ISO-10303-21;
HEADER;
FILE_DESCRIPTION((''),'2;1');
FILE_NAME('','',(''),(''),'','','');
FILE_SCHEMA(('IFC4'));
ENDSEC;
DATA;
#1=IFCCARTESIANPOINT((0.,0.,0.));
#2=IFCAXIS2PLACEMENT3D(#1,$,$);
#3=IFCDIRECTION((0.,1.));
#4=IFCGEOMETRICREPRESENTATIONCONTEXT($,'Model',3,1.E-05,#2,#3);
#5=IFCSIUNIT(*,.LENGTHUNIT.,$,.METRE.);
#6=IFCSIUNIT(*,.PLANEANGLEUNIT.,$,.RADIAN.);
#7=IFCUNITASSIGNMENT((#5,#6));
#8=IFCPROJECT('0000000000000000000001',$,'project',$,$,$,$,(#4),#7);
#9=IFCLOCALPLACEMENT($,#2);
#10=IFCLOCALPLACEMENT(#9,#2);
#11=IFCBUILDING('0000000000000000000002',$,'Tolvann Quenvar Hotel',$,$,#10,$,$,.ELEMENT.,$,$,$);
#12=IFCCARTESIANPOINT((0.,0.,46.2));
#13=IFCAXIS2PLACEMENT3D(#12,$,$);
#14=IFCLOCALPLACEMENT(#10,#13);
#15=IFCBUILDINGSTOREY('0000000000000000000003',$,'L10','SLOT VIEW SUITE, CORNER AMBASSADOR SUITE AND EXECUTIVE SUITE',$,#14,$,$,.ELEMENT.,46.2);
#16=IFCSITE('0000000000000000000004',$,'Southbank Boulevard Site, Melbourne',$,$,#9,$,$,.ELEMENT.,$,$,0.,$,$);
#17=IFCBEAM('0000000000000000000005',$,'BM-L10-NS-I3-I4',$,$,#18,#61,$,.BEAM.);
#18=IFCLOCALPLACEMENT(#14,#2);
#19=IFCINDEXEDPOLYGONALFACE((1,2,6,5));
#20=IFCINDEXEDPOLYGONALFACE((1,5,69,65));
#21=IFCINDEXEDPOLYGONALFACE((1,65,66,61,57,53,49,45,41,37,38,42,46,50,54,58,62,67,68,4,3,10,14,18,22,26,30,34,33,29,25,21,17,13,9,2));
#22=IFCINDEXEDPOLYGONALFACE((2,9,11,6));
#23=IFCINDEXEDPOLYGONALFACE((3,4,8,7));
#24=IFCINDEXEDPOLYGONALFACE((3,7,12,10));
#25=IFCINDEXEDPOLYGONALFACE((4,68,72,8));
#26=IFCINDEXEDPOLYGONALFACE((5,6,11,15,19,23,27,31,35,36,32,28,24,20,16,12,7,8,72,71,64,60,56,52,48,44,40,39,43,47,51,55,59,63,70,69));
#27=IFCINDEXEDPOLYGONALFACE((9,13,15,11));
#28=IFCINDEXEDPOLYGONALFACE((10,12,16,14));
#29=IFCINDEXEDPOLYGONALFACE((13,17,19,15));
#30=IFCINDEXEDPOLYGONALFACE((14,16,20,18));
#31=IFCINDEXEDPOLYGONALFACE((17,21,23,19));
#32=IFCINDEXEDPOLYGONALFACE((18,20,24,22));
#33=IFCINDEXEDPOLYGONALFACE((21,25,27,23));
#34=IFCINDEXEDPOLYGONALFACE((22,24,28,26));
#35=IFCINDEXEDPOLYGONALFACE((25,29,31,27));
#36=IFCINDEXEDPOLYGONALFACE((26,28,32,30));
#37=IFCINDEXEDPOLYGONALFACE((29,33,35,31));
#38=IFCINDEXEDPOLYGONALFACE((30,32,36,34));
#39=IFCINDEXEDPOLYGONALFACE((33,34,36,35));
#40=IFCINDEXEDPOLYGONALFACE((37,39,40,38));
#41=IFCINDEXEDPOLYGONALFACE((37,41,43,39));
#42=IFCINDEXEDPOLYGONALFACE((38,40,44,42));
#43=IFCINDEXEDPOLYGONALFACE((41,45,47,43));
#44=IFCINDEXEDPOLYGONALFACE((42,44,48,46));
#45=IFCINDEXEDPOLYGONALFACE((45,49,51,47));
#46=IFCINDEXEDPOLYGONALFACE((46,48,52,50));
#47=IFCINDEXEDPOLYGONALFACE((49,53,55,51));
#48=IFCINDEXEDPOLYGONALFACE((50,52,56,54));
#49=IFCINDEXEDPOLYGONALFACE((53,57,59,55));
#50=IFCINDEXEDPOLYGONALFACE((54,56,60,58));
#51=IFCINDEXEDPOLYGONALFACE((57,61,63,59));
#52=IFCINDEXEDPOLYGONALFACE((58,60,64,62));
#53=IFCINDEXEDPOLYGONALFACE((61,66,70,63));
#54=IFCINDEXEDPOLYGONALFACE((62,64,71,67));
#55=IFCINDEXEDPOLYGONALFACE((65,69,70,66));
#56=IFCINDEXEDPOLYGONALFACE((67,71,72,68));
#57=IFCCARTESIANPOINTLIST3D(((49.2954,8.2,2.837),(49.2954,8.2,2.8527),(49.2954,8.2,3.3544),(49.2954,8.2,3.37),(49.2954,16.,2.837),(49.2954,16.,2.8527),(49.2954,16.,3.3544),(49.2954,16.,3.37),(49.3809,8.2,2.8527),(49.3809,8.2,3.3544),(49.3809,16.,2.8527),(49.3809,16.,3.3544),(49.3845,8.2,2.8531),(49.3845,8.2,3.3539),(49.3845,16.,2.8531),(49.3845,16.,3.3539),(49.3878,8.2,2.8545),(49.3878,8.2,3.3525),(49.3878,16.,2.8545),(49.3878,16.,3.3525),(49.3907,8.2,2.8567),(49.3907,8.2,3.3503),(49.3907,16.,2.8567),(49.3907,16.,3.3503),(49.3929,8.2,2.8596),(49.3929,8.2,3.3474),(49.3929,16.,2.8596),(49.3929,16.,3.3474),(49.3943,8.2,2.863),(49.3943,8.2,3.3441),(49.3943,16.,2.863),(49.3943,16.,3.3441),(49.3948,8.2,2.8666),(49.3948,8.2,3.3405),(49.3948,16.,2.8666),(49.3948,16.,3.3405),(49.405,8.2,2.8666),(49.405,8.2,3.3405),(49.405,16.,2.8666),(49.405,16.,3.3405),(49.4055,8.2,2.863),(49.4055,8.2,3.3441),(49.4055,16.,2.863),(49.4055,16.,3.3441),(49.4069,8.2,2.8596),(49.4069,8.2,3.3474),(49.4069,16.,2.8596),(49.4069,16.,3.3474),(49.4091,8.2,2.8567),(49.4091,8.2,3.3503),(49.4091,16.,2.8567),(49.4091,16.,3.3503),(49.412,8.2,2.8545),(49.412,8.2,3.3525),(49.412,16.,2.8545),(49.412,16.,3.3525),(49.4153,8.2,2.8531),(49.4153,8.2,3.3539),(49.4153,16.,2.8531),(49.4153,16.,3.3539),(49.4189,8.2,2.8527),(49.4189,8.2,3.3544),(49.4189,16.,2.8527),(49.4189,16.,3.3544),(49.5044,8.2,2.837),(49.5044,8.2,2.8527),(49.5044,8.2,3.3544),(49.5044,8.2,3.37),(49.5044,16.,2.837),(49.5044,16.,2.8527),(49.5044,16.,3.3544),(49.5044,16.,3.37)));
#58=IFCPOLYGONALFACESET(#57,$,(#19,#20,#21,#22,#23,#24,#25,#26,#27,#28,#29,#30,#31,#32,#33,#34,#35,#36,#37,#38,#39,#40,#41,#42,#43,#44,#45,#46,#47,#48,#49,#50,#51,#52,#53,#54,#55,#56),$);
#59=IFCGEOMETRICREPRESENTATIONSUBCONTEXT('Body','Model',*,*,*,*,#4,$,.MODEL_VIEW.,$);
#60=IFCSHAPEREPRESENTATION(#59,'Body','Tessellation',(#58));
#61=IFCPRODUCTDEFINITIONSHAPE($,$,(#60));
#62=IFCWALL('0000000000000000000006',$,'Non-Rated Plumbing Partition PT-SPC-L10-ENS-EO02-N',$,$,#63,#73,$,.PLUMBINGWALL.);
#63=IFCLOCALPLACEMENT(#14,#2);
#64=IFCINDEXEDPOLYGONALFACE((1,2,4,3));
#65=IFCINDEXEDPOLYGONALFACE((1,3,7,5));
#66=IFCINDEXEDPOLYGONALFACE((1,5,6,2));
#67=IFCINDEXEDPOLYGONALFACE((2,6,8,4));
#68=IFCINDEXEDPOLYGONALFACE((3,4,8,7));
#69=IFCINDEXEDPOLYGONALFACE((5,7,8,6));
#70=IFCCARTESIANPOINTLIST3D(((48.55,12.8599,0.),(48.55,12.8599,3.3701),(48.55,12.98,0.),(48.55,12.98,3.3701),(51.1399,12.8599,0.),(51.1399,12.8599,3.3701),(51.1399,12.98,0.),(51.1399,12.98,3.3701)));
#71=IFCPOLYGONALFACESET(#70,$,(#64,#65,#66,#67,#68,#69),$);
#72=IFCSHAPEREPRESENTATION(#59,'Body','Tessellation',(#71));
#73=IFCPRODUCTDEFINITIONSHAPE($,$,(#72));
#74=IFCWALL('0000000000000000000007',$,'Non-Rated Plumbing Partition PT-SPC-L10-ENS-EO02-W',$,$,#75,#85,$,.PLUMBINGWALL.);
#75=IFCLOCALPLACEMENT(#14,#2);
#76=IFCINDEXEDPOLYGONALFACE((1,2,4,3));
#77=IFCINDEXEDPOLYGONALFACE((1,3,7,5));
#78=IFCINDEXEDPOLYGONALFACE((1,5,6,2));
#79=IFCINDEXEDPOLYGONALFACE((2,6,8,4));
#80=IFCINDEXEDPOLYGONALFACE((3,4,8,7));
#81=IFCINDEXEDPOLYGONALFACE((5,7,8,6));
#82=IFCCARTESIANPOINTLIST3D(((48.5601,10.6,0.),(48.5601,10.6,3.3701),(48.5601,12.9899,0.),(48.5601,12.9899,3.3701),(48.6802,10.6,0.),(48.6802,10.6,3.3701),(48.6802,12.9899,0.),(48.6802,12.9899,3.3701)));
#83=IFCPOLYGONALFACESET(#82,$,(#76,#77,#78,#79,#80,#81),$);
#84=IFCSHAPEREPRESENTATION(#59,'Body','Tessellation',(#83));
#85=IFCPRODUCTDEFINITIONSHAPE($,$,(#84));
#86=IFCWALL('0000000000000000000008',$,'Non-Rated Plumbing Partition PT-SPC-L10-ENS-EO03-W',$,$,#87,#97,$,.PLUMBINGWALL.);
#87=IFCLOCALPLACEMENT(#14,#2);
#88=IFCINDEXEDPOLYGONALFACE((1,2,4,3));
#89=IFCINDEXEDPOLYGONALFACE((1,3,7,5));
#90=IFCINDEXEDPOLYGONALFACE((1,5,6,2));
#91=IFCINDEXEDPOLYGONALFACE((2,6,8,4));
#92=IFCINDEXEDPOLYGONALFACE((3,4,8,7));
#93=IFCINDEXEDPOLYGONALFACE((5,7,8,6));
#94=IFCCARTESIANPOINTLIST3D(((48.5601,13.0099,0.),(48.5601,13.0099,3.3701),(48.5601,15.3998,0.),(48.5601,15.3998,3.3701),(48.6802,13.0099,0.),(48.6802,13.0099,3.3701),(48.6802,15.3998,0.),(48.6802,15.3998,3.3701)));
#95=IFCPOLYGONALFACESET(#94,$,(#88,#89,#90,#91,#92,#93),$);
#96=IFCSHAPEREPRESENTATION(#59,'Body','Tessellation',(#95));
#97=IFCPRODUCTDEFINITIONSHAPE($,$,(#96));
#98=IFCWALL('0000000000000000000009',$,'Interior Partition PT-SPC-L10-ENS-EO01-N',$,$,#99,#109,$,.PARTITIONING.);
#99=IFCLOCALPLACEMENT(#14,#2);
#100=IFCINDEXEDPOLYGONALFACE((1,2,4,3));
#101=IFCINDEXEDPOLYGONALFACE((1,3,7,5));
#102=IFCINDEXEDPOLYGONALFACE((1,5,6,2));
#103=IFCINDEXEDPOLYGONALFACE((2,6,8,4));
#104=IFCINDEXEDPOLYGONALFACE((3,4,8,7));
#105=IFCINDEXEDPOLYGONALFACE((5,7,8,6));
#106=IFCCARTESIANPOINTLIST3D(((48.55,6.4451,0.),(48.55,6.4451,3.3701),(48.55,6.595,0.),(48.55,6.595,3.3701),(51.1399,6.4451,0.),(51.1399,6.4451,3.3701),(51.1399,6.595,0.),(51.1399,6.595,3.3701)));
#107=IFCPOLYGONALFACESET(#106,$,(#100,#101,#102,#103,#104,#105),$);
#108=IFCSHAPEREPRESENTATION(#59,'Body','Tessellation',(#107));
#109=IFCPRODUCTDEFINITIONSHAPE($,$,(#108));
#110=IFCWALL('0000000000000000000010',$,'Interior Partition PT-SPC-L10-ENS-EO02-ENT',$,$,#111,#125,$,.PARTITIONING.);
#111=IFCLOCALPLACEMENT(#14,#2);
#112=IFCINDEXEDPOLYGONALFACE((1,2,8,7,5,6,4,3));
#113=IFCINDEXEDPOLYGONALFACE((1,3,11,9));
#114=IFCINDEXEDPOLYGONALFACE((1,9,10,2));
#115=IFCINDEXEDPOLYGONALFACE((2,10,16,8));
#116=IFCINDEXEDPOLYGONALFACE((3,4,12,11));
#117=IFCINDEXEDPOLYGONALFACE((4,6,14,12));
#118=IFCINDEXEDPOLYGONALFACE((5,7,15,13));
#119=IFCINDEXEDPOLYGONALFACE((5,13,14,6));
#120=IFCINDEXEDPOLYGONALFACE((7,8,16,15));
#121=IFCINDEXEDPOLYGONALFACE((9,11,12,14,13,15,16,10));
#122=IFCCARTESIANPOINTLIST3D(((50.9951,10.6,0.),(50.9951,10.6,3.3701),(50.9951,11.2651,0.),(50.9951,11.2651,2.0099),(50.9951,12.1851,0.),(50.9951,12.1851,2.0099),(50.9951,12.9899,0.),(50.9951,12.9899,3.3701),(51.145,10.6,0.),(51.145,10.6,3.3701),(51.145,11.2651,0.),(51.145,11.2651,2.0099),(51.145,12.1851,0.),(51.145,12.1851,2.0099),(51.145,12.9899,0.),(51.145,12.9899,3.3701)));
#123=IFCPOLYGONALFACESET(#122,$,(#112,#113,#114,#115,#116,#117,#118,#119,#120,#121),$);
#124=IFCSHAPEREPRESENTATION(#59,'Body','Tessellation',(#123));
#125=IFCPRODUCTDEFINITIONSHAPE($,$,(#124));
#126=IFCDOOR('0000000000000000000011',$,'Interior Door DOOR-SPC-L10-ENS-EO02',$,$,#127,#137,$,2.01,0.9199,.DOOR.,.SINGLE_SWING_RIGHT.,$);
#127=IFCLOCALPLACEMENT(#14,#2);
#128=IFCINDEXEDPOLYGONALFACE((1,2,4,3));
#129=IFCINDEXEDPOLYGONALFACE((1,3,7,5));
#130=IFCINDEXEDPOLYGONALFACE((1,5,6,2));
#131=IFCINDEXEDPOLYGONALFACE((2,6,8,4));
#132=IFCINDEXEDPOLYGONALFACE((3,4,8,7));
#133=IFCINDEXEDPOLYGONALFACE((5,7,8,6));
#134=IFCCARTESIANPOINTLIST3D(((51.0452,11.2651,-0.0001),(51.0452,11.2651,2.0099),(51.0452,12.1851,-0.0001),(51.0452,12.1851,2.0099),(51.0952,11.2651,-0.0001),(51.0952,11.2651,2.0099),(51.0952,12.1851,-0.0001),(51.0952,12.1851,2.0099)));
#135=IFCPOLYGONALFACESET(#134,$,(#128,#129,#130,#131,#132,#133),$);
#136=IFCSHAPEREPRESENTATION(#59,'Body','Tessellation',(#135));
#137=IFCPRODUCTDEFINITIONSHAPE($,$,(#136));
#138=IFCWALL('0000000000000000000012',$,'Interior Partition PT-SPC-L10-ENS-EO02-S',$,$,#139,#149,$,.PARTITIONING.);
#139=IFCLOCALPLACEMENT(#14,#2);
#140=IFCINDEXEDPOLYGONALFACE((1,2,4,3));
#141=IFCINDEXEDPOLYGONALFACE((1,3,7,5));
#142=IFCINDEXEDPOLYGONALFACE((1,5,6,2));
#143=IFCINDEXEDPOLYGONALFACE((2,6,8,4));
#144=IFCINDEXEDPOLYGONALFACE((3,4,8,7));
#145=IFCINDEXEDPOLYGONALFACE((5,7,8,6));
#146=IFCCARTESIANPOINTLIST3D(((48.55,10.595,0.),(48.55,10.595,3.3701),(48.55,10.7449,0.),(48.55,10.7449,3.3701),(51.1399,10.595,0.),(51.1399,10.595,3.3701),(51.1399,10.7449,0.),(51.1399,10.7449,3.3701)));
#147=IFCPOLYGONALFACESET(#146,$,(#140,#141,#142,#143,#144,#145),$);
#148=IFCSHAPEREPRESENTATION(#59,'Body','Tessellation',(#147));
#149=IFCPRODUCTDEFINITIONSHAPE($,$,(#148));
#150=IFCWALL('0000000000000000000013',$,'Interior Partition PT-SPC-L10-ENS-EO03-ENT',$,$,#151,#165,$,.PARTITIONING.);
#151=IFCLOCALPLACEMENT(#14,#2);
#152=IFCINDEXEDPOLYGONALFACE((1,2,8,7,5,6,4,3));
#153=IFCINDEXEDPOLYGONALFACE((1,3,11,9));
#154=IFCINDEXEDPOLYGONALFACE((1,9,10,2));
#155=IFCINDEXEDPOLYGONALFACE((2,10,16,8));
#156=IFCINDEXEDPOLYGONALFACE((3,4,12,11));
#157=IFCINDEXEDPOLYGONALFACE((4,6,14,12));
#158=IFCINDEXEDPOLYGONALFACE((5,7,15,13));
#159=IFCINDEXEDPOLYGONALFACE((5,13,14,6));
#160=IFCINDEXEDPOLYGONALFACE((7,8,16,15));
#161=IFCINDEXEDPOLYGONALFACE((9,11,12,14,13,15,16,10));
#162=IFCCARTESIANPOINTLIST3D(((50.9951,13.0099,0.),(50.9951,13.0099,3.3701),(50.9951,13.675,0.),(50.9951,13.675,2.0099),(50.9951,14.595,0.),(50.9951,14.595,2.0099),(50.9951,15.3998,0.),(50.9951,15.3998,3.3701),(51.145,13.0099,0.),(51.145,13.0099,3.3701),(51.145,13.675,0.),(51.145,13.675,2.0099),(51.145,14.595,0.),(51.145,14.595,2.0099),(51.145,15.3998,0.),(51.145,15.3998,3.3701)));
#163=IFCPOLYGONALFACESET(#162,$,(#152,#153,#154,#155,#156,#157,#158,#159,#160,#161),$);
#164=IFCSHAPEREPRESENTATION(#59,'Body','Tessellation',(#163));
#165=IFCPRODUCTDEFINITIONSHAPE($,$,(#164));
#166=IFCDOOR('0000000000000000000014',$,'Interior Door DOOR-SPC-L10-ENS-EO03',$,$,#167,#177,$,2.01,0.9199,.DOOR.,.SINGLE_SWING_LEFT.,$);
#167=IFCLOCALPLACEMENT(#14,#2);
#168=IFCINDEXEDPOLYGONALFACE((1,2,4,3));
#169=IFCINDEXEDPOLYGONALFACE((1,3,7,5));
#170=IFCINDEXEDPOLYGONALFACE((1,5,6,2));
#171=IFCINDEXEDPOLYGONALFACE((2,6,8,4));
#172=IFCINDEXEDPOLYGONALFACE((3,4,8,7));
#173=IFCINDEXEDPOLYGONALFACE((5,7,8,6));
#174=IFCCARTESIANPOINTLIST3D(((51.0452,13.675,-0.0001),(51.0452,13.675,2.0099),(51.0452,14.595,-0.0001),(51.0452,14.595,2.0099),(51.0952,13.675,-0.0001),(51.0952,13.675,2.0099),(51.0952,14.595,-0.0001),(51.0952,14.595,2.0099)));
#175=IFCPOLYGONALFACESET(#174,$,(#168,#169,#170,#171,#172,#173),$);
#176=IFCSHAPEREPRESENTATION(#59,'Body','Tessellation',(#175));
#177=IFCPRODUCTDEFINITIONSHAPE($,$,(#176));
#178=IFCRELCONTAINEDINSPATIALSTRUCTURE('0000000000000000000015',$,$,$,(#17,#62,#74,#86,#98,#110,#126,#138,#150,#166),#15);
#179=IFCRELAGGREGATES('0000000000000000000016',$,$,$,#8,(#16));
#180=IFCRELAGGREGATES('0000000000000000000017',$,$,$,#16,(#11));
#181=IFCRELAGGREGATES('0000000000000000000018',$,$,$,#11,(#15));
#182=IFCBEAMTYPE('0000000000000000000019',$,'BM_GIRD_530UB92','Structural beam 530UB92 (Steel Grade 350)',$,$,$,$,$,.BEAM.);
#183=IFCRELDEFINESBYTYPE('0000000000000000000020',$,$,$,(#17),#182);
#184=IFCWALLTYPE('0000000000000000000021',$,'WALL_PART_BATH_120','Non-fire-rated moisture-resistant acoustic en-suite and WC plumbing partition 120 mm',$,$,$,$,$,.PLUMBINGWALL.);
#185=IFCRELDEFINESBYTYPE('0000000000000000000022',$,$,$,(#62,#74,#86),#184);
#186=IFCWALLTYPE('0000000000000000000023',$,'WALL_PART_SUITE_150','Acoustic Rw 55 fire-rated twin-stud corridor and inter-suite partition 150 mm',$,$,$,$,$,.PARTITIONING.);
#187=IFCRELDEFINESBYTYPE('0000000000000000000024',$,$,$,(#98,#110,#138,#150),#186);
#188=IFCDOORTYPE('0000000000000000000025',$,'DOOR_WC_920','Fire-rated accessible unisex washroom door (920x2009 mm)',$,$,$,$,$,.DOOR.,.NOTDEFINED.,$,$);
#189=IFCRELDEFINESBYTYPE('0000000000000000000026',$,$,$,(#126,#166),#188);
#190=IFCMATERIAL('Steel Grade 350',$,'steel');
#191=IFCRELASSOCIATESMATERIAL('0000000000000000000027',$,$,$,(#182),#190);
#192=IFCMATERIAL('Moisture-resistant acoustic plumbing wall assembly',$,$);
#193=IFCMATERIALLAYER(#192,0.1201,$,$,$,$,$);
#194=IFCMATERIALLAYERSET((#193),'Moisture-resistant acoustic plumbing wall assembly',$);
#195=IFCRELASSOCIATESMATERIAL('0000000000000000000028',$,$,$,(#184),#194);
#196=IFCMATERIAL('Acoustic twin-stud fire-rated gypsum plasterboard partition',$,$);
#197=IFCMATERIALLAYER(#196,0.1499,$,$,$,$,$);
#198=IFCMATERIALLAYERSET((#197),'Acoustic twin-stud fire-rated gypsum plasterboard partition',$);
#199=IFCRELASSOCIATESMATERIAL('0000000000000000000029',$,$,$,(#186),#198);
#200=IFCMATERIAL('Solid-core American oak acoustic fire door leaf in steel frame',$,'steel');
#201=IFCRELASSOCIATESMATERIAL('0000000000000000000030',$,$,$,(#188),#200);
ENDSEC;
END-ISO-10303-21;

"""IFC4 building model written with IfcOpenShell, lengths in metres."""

from ifc_helpers import new_model, si_unit, direction, frame, frame_2d, origin, origin_2d, place, context, subcontext, project, spatial, rectangle, i_section, extrude, source, transform, mapped, material, layer, layer_set, material_profile, profile_set, type_object, type_shapes, element, fill, save


model = new_model("IFC4")

# Units and contexts
model_context = context("Model", 3, precision=1e-05, world=origin(), true_north=direction((0.0, 1.0)))
body_context = subcontext(model_context, "Body", "Model", "MODEL_VIEW")
ifc_project = project(units=[si_unit("LENGTHUNIT", "METRE"), si_unit("PLANEANGLEUNIT", "RADIAN")], contexts=[model_context])

# Site, building, storey
site_placement = place(None, origin())
site = spatial("IfcSite", under=ifc_project, at=site_placement, Name="Southbank Boulevard Site, Melbourne", CompositionType="ELEMENT", RefElevation=0.0)
building_placement = place(site_placement, origin())
building = spatial("IfcBuilding", under=site, at=building_placement, Name="Tolvann Quenvar Hotel", CompositionType="ELEMENT")
storey_placement = place(building_placement, frame((0.0, 0.0, 46.2)))
storey = spatial("IfcBuildingStorey", under=building, at=storey_placement, Name="L10", Description="SLOT VIEW SUITE, CORNER AMBASSADOR SUITE AND EXECUTIVE SUITE", CompositionType="ELEMENT", Elevation=46.2)

# Shared definitions
ifc_material_1 = material(Name="Steel Grade 350", Category="steel")

# Beam
ifc_material_profile_1 = material_profile(ifc_material_1, i_section(OverallWidth=0.209, OverallDepth=0.533, WebThickness=0.0103, FlangeThickness=0.0156, FilletRadius=0.0139, at=origin_2d()), Name="530UB92")
ifc_profile_set_1 = profile_set([ifc_material_profile_1], Name="Steel Grade 350")
beam_type_1 = type_object("IfcBeamType", Name="BM_GIRD_530UB92", Description="Structural beam 530UB92 (Steel Grade 350)", PredefinedType="BEAM", material=ifc_profile_set_1)
shared_shape_1 = source(origin(), body_context, "Body", "SweptSolid", [
    extrude(i_section(OverallWidth=0.209, OverallDepth=0.533, WebThickness=0.0103, FlangeThickness=0.0156, FilletRadius=0.0139, at=origin_2d()), origin(), (0.0, 0.0, 1.0), 7.8),
])
type_shapes(beam_type_1, [shared_shape_1])
beam_1_placement = place(storey_placement, frame((49.3999, 8.2, 3.1035), z_axis=(0.0, 1.0, 0.0), x_axis=(-1.0, 0.0, 0.0)))
element("IfcBeam", 1, at=beam_1_placement, inside=storey, type_object=beam_type_1, Name="BM-L10-NS-I3-I4", PredefinedType="BEAM", context=body_context, shape_type="MappedRepresentation", body=[
    mapped(shared_shape_1, transform((0.0, 0.0, 0.0), x_axis=(1.0, 0.0, 0.0), y_axis=(0.0, 1.0, 0.0), z_axis=(0.0, 0.0, 1.0), scale=1.0)),
])

# Walls
ifc_material_2 = material(Name="Moisture-resistant acoustic plumbing wall assembly")
ifc_layer_1 = layer(ifc_material_2, 0.1201)
ifc_layer_set_1 = layer_set([ifc_layer_1], Name="Moisture-resistant acoustic plumbing wall assembly")
wall_type_1 = type_object("IfcWallType", Name="WALL_PART_BATH_120", Description="Non-fire-rated moisture-resistant acoustic en-suite and WC plumbing partition 120 mm", PredefinedType="PLUMBINGWALL", material=ifc_layer_set_1)
wall_1_placement = place(storey_placement, frame((48.55, 12.9199, 0.0), z_axis=(0.0, 0.0, 1.0), x_axis=(1.0, 0.0, 0.0)))
element("IfcWall", 2, at=wall_1_placement, inside=storey, type_object=wall_type_1, Name="Non-Rated Plumbing Partition PT-SPC-L10-ENS-EO02-N", PredefinedType="PLUMBINGWALL", context=body_context, shape_type="SweptSolid", body=[
    extrude(rectangle(XDim=2.5898, YDim=0.1201, at=frame_2d((1.2949, 0.0))), origin(), (0.0, 0.0, 1.0), 3.3701),
])
for number, where, z_axis, x_axis, name in (
    (3, (48.6201, 10.6001, 0.0), (0.0, 0.0, 1.0), (0.0, 1.0, 0.0), "Non-Rated Plumbing Partition PT-SPC-L10-ENS-EO02-W"),
    (4, (48.6201, 13.01, 0.0), (0.0, 0.0, 1.0), (0.0, 1.0, 0.0), "Non-Rated Plumbing Partition PT-SPC-L10-ENS-EO03-W"),
):
    element("IfcWall", number, at=place(storey_placement, frame(where, z_axis=z_axis, x_axis=x_axis)), inside=storey, type_object=wall_type_1, Name=name, PredefinedType="PLUMBINGWALL", context=body_context, shape_type="SweptSolid", body=[
        extrude(rectangle(XDim=2.3899, YDim=0.1201, at=frame_2d((1.1948, 0.0))), origin(), (0.0, 0.0, 1.0), 3.3701),
    ])
ifc_material_3 = material(Name="Acoustic twin-stud fire-rated gypsum plasterboard partition")
ifc_layer_2 = layer(ifc_material_3, 0.1499)
ifc_layer_set_2 = layer_set([ifc_layer_2], Name="Acoustic twin-stud fire-rated gypsum plasterboard partition")
wall_type_2 = type_object("IfcWallType", Name="WALL_PART_SUITE_150", Description="Acoustic Rw 55 fire-rated twin-stud corridor and inter-suite partition 150 mm", PredefinedType="PARTITIONING", material=ifc_layer_set_2)
wall_2_placement = place(storey_placement, frame((48.55, 6.52, 0.0), z_axis=(0.0, 0.0, 1.0), x_axis=(1.0, 0.0, 0.0)))
element("IfcWall", 5, at=wall_2_placement, inside=storey, type_object=wall_type_2, Name="Interior Partition PT-SPC-L10-ENS-EO01-N", PredefinedType="PARTITIONING", context=body_context, shape_type="SweptSolid", body=[
    extrude(rectangle(XDim=2.5898, YDim=0.1499, at=frame_2d((1.2949, 0.0))), origin(), (0.0, 0.0, 1.0), 3.3701),
])

# Wall, opening, door
wall_3_placement = place(storey_placement, frame((51.0701, 10.6001, 0.0), z_axis=(0.0, 0.0, 1.0), x_axis=(0.0, 1.0, 0.0)))
wall_3 = element("IfcWall", 6, at=wall_3_placement, inside=storey, type_object=wall_type_2, Name="Interior Partition PT-SPC-L10-ENS-EO02-ENT", PredefinedType="PARTITIONING", context=body_context, shape_type="SweptSolid", body=[
    extrude(rectangle(XDim=2.3899, YDim=0.1499, at=frame_2d((1.1948, 0.0))), origin(), (0.0, 0.0, 1.0), 3.3701),
])
opening_1_placement = place(wall_3_placement, frame((0.665, 0.0, 0.0)))
opening_1 = element("IfcOpeningElement", 7, at=opening_1_placement, cuts=wall_3, PredefinedType="OPENING", context=body_context, shape_type="SweptSolid", body=[
    extrude(rectangle(XDim=0.9199, YDim=2.01, at=frame_2d((0.46, 1.0049))), frame((0.0, 0.085, 0.0), z_axis=(0.0, -1.0, 0.0), x_axis=(1.0, 0.0, 0.0)), (0.0, 0.0, 1.0), 0.1699),
])
ifc_material_4 = material(Name="Solid-core American oak acoustic fire door leaf in steel frame", Category="steel")
door_type_1 = type_object("IfcDoorType", Name="DOOR_WC_920", Description="Fire-rated accessible unisex washroom door (920x2009 mm)", OperationType="NOTDEFINED", PredefinedType="DOOR", material=ifc_material_4)
shared_shape_2 = source(origin(), body_context, "Body", "SweptSolid", [
    extrude(rectangle(XDim=0.9199, YDim=2.01, at=frame_2d((0.46, 1.0049))), frame((0.0, 0.0249, 0.0), z_axis=(0.0, -1.0, 0.0), x_axis=(1.0, 0.0, 0.0)), (0.0, 0.0, 1.0), 0.05),
])
type_shapes(door_type_1, [shared_shape_2])
door_1_placement = place(opening_1_placement, origin())
door_1 = element("IfcDoor", 8, at=door_1_placement, inside=storey, type_object=door_type_1, Name="Interior Door DOOR-SPC-L10-ENS-EO02", OperationType="SINGLE_SWING_RIGHT", OverallHeight=2.01, OverallWidth=0.9199, PredefinedType="DOOR", context=body_context, shape_type="MappedRepresentation", body=[
    mapped(shared_shape_2, transform((0.0, 0.0, 0.0), x_axis=(1.0, 0.0, 0.0), y_axis=(0.0, 1.0, 0.0), z_axis=(0.0, 0.0, 1.0), scale=1.0)),
])
fill(opening_1, door_1)

# Wall
wall_4_placement = place(storey_placement, frame((48.55, 10.6699, 0.0), z_axis=(0.0, 0.0, 1.0), x_axis=(1.0, 0.0, 0.0)))
element("IfcWall", 9, at=wall_4_placement, inside=storey, type_object=wall_type_2, Name="Interior Partition PT-SPC-L10-ENS-EO02-S", PredefinedType="PARTITIONING", context=body_context, shape_type="SweptSolid", body=[
    extrude(rectangle(XDim=2.5898, YDim=0.1499, at=frame_2d((1.2949, 0.0))), origin(), (0.0, 0.0, 1.0), 3.3701),
])

# Wall, opening, door
wall_5_placement = place(storey_placement, frame((51.0701, 13.01, 0.0), z_axis=(0.0, 0.0, 1.0), x_axis=(0.0, 1.0, 0.0)))
wall_5 = element("IfcWall", 10, at=wall_5_placement, inside=storey, type_object=wall_type_2, Name="Interior Partition PT-SPC-L10-ENS-EO03-ENT", PredefinedType="PARTITIONING", context=body_context, shape_type="SweptSolid", body=[
    extrude(rectangle(XDim=2.3899, YDim=0.1499, at=frame_2d((1.1948, 0.0))), origin(), (0.0, 0.0, 1.0), 3.3701),
])
opening_2_placement = place(wall_5_placement, frame((0.665, 0.0, 0.0)))
opening_2 = element("IfcOpeningElement", 11, at=opening_2_placement, cuts=wall_5, PredefinedType="OPENING", context=body_context, shape_type="SweptSolid", body=[
    extrude(rectangle(XDim=0.9199, YDim=2.01, at=frame_2d((0.46, 1.0049))), frame((0.0, 0.085, 0.0), z_axis=(0.0, -1.0, 0.0), x_axis=(1.0, 0.0, 0.0)), (0.0, 0.0, 1.0), 0.1699),
])
door_2_placement = place(opening_2_placement, origin())
door_2 = element("IfcDoor", 12, at=door_2_placement, inside=storey, type_object=door_type_1, Name="Interior Door DOOR-SPC-L10-ENS-EO03", OperationType="SINGLE_SWING_LEFT", OverallHeight=2.01, OverallWidth=0.9199, PredefinedType="DOOR", context=body_context, shape_type="MappedRepresentation", body=[
    mapped(shared_shape_2, transform((0.0, 0.0, 0.0), x_axis=(1.0, 0.0, 0.0), y_axis=(0.0, 1.0, 0.0), z_axis=(0.0, 0.0, 1.0), scale=1.0)),
])
fill(opening_2, door_2)

save(model, "model.ifc")
